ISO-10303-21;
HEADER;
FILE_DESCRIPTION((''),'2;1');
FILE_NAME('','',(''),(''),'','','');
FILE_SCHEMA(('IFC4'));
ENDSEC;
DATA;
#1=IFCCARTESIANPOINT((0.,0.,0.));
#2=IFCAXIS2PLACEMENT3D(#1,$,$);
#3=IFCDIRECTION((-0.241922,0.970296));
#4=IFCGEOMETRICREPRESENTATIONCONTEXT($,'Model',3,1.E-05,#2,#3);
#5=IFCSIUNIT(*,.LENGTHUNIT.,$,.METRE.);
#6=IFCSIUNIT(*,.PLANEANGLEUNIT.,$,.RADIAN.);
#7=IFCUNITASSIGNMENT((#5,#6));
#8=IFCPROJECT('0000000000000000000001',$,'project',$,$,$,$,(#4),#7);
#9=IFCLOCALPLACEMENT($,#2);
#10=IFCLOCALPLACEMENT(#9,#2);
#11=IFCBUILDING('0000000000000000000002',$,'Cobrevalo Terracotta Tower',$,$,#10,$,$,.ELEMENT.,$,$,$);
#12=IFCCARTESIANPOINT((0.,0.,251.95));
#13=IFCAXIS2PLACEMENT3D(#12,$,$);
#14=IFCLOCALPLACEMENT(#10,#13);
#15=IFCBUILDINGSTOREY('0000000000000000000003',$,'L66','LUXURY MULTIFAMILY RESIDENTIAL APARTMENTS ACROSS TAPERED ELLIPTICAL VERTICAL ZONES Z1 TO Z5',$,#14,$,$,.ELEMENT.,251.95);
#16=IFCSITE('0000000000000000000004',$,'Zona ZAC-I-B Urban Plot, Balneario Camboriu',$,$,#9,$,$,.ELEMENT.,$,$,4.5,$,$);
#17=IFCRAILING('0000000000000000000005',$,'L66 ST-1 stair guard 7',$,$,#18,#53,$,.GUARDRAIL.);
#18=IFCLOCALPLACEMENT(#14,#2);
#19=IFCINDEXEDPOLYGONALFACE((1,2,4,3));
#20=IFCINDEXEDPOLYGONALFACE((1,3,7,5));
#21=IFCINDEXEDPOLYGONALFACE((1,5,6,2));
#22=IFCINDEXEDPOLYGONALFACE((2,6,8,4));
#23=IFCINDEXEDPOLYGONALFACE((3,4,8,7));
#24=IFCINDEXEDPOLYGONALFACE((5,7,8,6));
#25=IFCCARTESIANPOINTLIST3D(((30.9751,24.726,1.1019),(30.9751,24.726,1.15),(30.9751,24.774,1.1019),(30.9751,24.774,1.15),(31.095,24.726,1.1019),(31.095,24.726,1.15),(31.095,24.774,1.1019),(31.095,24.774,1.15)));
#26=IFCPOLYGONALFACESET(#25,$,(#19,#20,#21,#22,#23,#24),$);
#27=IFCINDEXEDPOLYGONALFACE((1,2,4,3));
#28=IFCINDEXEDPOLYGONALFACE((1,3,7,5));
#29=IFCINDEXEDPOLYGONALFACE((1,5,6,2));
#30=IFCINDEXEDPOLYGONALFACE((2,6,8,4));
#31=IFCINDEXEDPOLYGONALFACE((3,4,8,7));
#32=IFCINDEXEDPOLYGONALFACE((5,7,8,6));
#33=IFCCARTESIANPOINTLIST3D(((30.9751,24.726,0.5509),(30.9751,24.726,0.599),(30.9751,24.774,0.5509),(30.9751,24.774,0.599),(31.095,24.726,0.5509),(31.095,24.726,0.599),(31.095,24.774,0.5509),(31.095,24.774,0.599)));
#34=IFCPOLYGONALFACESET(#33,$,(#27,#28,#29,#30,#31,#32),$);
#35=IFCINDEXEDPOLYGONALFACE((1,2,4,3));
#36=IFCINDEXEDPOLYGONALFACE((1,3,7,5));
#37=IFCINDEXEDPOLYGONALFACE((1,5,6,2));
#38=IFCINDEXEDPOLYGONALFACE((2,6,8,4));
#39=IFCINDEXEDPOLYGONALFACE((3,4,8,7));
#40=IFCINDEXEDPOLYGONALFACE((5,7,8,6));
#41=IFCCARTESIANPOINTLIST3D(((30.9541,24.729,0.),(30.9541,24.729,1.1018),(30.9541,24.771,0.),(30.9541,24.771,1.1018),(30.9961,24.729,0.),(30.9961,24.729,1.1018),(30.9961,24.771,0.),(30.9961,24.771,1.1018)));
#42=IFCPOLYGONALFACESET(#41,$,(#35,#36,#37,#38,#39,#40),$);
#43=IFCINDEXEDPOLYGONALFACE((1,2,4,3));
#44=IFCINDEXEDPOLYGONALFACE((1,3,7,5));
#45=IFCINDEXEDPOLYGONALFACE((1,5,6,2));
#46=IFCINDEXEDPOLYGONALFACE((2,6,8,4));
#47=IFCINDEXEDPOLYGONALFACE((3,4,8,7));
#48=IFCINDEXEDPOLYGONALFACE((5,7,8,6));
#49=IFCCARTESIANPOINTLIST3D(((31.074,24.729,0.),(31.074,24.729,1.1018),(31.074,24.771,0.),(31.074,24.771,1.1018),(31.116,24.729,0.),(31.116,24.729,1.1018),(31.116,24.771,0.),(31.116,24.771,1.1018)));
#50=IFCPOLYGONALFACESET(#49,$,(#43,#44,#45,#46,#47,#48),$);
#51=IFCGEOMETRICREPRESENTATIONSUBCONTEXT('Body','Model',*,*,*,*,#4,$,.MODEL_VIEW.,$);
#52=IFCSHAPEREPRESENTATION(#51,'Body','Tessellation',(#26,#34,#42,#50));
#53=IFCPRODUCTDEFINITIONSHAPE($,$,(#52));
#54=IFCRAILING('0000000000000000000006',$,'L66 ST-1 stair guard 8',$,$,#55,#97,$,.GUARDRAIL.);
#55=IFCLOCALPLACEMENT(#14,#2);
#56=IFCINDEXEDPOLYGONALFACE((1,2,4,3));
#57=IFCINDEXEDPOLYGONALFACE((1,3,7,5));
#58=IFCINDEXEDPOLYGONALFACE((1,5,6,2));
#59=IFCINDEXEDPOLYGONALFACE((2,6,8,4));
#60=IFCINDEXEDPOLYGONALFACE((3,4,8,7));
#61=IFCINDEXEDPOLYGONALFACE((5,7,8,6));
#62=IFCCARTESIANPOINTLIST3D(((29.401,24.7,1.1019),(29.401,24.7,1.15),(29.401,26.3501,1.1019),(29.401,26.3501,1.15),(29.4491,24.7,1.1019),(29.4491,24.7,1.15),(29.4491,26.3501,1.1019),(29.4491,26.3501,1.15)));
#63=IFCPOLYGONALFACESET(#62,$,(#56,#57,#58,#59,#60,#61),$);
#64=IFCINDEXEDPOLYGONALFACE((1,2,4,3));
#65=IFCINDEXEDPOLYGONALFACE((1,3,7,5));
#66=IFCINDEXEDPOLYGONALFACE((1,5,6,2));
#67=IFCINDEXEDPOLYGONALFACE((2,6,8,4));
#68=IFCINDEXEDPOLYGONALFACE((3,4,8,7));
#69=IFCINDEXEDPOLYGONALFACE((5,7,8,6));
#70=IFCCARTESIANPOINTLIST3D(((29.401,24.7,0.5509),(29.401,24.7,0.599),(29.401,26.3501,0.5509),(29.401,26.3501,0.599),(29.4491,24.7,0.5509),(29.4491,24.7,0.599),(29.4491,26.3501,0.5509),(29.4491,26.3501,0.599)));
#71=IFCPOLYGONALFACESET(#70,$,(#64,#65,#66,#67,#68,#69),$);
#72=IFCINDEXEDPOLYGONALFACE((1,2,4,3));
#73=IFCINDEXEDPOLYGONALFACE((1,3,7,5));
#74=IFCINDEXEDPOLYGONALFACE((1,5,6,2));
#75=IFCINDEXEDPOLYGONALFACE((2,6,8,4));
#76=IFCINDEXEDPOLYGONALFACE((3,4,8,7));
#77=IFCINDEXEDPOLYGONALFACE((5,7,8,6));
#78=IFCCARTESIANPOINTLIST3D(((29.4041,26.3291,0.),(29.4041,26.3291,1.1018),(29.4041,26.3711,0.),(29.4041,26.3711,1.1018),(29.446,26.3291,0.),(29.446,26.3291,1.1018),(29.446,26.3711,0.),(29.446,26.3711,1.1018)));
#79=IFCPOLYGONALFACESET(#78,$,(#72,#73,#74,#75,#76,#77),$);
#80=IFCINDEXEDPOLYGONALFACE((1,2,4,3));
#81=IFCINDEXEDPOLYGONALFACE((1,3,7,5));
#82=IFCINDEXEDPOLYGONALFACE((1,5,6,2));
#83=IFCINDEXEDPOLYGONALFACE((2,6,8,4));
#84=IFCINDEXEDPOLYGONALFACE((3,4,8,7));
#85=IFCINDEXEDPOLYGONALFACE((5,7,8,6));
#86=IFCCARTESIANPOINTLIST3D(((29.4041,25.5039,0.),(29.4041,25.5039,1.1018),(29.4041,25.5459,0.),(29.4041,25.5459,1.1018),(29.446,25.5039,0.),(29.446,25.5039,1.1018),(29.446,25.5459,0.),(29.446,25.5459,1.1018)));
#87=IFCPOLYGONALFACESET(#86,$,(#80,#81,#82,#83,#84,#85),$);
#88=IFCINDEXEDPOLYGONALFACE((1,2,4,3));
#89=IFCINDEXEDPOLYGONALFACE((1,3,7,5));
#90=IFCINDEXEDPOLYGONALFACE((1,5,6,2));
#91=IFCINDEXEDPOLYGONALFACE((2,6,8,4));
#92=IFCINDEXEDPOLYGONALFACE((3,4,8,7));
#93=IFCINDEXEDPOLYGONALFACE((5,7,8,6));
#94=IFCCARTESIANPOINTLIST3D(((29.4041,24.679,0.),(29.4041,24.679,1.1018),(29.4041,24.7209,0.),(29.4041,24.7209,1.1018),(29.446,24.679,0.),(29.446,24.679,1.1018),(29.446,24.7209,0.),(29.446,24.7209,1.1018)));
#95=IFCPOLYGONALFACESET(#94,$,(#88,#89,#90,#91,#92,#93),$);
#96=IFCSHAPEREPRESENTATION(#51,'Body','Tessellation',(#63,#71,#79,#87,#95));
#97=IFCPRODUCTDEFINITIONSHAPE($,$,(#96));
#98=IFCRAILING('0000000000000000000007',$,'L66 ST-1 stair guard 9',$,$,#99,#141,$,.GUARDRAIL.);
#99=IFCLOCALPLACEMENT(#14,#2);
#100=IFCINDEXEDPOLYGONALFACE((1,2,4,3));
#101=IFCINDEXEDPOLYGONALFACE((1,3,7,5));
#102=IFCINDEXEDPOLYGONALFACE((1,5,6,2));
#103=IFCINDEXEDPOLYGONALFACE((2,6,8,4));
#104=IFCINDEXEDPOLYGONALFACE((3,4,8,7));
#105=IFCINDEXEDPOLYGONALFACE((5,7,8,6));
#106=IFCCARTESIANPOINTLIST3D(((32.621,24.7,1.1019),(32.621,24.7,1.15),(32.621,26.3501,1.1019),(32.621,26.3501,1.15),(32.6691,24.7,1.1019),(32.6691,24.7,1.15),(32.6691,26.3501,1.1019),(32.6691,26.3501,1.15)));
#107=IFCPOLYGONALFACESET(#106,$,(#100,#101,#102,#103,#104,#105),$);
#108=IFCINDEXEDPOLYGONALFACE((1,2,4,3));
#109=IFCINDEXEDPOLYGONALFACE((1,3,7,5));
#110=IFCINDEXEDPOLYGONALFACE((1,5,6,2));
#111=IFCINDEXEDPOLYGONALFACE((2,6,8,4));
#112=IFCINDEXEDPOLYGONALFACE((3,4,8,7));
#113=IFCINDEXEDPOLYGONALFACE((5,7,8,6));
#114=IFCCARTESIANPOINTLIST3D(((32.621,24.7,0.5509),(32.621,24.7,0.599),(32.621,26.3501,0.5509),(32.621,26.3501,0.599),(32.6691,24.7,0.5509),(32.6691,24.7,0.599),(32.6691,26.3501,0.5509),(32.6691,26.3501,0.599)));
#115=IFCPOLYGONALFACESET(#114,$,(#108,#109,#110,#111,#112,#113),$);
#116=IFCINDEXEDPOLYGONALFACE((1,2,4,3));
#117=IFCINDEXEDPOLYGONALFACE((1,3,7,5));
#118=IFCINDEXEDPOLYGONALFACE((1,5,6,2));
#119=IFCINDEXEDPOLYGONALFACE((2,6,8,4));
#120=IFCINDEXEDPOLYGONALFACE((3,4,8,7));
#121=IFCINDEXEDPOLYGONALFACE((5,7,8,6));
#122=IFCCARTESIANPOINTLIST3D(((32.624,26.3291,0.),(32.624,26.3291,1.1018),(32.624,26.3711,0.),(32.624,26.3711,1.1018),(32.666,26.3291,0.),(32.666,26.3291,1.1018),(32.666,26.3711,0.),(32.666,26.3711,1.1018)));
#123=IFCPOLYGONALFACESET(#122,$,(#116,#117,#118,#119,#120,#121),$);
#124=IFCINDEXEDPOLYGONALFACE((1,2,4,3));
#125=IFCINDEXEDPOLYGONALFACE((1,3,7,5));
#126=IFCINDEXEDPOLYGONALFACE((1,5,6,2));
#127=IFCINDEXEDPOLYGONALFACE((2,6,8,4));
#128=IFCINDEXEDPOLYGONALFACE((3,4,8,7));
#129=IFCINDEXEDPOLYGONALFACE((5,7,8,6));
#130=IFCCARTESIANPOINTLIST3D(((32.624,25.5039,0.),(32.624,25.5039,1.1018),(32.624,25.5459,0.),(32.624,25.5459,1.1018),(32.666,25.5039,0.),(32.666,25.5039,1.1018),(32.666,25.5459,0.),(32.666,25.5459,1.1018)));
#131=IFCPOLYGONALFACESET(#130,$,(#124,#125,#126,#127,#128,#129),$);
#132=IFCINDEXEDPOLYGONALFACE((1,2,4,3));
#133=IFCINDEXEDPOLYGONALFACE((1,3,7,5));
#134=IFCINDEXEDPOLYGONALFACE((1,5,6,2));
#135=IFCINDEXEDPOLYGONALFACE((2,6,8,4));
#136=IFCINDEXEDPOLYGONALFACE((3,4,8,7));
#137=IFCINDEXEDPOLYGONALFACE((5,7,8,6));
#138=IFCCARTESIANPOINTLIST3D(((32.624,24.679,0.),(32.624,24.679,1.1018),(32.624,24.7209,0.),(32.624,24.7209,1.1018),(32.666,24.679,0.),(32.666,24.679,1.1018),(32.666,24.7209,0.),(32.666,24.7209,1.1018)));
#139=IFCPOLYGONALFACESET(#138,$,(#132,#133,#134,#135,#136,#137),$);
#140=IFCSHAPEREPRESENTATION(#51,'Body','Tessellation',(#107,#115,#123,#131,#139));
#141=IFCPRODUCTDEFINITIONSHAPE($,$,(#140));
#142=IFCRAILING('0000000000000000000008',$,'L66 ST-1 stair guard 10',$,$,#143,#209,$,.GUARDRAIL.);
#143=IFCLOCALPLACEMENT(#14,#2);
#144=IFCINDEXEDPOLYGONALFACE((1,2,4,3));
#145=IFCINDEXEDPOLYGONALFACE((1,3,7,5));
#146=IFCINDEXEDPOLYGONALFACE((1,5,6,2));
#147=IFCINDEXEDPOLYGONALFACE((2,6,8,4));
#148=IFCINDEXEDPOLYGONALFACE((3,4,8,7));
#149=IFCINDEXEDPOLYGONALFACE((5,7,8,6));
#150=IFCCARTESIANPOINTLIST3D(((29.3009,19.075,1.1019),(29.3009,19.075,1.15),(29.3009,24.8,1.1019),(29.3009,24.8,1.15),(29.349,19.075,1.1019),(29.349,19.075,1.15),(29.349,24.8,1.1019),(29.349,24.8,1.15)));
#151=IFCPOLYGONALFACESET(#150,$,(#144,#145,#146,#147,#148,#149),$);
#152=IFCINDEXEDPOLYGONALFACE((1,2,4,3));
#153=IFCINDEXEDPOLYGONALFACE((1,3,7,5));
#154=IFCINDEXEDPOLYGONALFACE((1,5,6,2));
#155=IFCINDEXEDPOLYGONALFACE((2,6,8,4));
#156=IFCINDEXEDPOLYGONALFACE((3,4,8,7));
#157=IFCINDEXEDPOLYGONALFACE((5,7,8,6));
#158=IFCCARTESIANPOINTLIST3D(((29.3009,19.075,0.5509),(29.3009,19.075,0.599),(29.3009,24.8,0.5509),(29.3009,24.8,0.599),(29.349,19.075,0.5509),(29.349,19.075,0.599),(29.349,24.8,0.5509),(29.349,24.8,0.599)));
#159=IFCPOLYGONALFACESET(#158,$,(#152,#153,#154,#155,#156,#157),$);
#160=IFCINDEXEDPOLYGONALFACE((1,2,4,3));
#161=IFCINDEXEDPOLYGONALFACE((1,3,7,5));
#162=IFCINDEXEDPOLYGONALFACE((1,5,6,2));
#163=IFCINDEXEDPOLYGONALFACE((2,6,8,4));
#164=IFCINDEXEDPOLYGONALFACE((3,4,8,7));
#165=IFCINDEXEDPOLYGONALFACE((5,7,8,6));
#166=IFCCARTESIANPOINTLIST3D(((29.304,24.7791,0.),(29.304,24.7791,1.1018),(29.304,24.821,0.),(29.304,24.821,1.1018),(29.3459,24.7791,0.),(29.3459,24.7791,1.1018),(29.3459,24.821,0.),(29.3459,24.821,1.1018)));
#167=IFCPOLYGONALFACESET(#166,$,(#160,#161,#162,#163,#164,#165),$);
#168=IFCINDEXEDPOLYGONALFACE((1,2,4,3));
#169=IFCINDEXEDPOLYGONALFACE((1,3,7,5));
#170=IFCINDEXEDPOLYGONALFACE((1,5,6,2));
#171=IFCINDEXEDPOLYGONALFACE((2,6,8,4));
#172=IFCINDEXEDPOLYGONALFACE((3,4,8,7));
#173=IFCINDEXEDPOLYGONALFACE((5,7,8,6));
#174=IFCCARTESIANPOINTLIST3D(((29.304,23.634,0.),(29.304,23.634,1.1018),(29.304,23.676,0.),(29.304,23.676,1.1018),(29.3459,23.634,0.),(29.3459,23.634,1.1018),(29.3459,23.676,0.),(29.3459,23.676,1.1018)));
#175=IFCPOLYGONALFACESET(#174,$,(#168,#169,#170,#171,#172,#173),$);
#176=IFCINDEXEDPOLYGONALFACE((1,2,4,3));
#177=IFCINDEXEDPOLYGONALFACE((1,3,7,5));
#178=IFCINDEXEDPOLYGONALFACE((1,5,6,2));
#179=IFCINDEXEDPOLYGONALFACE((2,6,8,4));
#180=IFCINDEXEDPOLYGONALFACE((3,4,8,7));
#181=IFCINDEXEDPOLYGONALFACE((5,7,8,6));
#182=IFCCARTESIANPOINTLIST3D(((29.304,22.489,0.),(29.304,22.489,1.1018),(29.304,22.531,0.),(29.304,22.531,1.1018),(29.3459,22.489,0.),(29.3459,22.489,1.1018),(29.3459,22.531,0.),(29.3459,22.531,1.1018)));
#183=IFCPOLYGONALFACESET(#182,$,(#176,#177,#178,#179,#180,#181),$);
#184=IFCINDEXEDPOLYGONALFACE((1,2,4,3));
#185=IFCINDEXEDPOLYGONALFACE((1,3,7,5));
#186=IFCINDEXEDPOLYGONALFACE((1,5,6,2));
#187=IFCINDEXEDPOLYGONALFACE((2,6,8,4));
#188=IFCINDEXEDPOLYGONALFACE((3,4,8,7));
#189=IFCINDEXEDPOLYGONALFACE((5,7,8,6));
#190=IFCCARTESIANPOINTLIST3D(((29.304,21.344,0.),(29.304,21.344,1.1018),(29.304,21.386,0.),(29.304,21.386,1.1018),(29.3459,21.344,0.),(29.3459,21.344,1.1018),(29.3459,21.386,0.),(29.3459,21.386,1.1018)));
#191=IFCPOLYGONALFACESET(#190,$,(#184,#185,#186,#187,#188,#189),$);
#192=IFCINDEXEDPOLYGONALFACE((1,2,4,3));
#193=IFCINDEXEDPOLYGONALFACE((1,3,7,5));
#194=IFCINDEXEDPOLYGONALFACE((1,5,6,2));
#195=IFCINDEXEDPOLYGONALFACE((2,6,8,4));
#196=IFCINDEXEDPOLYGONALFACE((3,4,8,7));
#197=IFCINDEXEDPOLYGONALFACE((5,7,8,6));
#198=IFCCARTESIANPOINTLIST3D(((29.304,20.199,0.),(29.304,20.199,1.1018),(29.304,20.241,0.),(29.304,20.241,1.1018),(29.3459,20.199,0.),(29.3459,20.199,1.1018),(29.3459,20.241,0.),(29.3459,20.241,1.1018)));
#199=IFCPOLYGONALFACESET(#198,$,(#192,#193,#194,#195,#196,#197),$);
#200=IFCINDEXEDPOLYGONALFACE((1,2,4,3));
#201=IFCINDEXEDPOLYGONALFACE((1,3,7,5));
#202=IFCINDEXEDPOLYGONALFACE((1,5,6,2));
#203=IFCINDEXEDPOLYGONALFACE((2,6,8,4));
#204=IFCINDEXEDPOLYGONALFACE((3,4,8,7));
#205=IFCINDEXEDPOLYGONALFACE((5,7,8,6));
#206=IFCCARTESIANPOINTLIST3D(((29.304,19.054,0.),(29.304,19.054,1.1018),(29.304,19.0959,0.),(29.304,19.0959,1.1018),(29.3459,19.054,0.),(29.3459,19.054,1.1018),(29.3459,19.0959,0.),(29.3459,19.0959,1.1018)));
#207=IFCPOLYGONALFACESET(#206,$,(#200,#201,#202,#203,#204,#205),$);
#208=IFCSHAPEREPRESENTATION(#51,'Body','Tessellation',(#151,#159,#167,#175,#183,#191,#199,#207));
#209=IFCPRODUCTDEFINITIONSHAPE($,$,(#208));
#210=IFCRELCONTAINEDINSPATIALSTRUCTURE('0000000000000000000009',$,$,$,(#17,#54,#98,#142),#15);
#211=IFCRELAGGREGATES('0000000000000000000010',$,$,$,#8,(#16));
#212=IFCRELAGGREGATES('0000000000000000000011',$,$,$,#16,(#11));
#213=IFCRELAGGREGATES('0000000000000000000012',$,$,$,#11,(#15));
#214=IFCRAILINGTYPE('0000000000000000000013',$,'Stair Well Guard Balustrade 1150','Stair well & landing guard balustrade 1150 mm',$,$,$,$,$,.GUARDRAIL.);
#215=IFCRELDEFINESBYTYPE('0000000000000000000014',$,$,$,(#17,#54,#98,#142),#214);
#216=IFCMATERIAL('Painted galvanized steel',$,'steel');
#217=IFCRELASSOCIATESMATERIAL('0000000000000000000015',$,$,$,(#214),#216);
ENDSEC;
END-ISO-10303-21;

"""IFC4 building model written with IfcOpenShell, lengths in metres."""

from ifc_helpers import new_model, si_unit, direction, frame, origin, origin_2d, place, context, subcontext, project, spatial, rectangle, extrude, material, type_object, element, save


model = new_model("IFC4")

# Units and contexts
model_context = context("Model", 3, precision=1e-05, world=origin(), true_north=direction((-0.241922, 0.970296)))
body_context = subcontext(model_context, "Body", "Model", "MODEL_VIEW")
ifc_project = project(units=[si_unit("LENGTHUNIT", "METRE"), si_unit("PLANEANGLEUNIT", "RADIAN")], contexts=[model_context])

# Site, building, storey
site_placement = place(None, origin())
site = spatial("IfcSite", under=ifc_project, at=site_placement, Name="Zona ZAC-I-B Urban Plot, Balneario Camboriu", CompositionType="ELEMENT", RefElevation=4.5)
building_placement = place(site_placement, origin())
building = spatial("IfcBuilding", under=site, at=building_placement, Name="Cobrevalo Terracotta Tower", CompositionType="ELEMENT")
storey_placement = place(building_placement, frame((0.0, 0.0, 251.95)))
storey = spatial("IfcBuildingStorey", under=building, at=storey_placement, Name="L66", Description="LUXURY MULTIFAMILY RESIDENTIAL APARTMENTS ACROSS TAPERED ELLIPTICAL VERTICAL ZONES Z1 TO Z5", CompositionType="ELEMENT", Elevation=251.95)

# Railings
ifc_material_1 = material(Name="Painted galvanized steel", Category="steel")
railing_type_1 = type_object("IfcRailingType", Name="Stair Well Guard Balustrade 1150", Description="Stair well & landing guard balustrade 1150 mm", PredefinedType="GUARDRAIL", material=ifc_material_1)
railing_1_placement = place(storey_placement, frame((30.9751, 24.75, 0.0)))
element("IfcRailing", 1, at=railing_1_placement, inside=storey, type_object=railing_type_1, Name="L66 ST-1 stair guard 7", PredefinedType="GUARDRAIL", context=body_context, shape_type="SweptSolid", body=[
    extrude(rectangle(XDim=0.0481, YDim=0.0481, at=origin_2d()), frame((0.0, 0.0, 1.126), z_axis=(1.0, 0.0, 0.0), x_axis=(0.0, 1.0, 0.0)), (0.0, 0.0, 1.0), 0.1199),
    extrude(rectangle(XDim=0.0481, YDim=0.0481, at=origin_2d()), frame((0.0, 0.0, 0.575), z_axis=(1.0, 0.0, 0.0), x_axis=(0.0, 1.0, 0.0)), (0.0, 0.0, 1.0), 0.1199),
    extrude(rectangle(XDim=0.042, YDim=0.042, at=origin_2d()), origin(), (0.0, 0.0, 1.0), 1.1018),
    extrude(rectangle(XDim=0.042, YDim=0.042, at=origin_2d()), frame((0.1199, 0.0, 0.0)), (0.0, 0.0, 1.0), 1.1018),
])
for number, where, name in (
    (2, (29.425, 26.3501, 0.0), "L66 ST-1 stair guard 8"),
    (3, (32.645, 26.3501, 0.0), "L66 ST-1 stair guard 9"),
):
    element("IfcRailing", number, at=place(storey_placement, frame(where)), inside=storey, type_object=railing_type_1, Name=name, PredefinedType="GUARDRAIL", context=body_context, shape_type="SweptSolid", body=[
        extrude(rectangle(XDim=0.0481, YDim=0.0481, at=origin_2d()), frame((0.0, 0.0, 1.126), z_axis=(0.0, -1.0, 0.0), x_axis=(1.0, 0.0, 0.0)), (0.0, 0.0, 1.0), 1.6501),
        extrude(rectangle(XDim=0.0481, YDim=0.0481, at=origin_2d()), frame((0.0, 0.0, 0.575), z_axis=(0.0, -1.0, 0.0), x_axis=(1.0, 0.0, 0.0)), (0.0, 0.0, 1.0), 1.6501),
        extrude(rectangle(XDim=0.042, YDim=0.042, at=origin_2d()), origin(), (0.0, 0.0, 1.0), 1.1018),
        extrude(rectangle(XDim=0.042, YDim=0.042, at=origin_2d()), frame((0.0, -0.8252, 0.0)), (0.0, 0.0, 1.0), 1.1018),
        extrude(rectangle(XDim=0.042, YDim=0.042, at=origin_2d()), frame((0.0, -1.6501, 0.0)), (0.0, 0.0, 1.0), 1.1018),
    ])
for number, where, name in (
    (4, (29.325, 24.8, 0.0), "L66 ST-1 stair guard 10"),
):
    element("IfcRailing", number, at=place(storey_placement, frame(where)), inside=storey, type_object=railing_type_1, Name=name, PredefinedType="GUARDRAIL", context=body_context, shape_type="SweptSolid", body=[
        extrude(rectangle(XDim=0.0481, YDim=0.0481, at=origin_2d()), frame((0.0, 0.0, 1.126), z_axis=(0.0, -1.0, 0.0), x_axis=(1.0, 0.0, 0.0)), (0.0, 0.0, 1.0), 5.7251),
        extrude(rectangle(XDim=0.0481, YDim=0.0481, at=origin_2d()), frame((0.0, 0.0, 0.575), z_axis=(0.0, -1.0, 0.0), x_axis=(1.0, 0.0, 0.0)), (0.0, 0.0, 1.0), 5.7251),
        extrude(rectangle(XDim=0.042, YDim=0.042, at=origin_2d()), origin(), (0.0, 0.0, 1.0), 1.1018),
        extrude(rectangle(XDim=0.042, YDim=0.042, at=origin_2d()), frame((0.0, -1.145, 0.0)), (0.0, 0.0, 1.0), 1.1018),
        extrude(rectangle(XDim=0.042, YDim=0.042, at=origin_2d()), frame((0.0, -2.29, 0.0)), (0.0, 0.0, 1.0), 1.1018),
        extrude(rectangle(XDim=0.042, YDim=0.042, at=origin_2d()), frame((0.0, -3.4351, 0.0)), (0.0, 0.0, 1.0), 1.1018),
        extrude(rectangle(XDim=0.042, YDim=0.042, at=origin_2d()), frame((0.0, -4.5801, 0.0)), (0.0, 0.0, 1.0), 1.1018),
        extrude(rectangle(XDim=0.042, YDim=0.042, at=origin_2d()), frame((0.0, -5.7251, 0.0)), (0.0, 0.0, 1.0), 1.1018),
    ])

save(model, "model.ifc")
